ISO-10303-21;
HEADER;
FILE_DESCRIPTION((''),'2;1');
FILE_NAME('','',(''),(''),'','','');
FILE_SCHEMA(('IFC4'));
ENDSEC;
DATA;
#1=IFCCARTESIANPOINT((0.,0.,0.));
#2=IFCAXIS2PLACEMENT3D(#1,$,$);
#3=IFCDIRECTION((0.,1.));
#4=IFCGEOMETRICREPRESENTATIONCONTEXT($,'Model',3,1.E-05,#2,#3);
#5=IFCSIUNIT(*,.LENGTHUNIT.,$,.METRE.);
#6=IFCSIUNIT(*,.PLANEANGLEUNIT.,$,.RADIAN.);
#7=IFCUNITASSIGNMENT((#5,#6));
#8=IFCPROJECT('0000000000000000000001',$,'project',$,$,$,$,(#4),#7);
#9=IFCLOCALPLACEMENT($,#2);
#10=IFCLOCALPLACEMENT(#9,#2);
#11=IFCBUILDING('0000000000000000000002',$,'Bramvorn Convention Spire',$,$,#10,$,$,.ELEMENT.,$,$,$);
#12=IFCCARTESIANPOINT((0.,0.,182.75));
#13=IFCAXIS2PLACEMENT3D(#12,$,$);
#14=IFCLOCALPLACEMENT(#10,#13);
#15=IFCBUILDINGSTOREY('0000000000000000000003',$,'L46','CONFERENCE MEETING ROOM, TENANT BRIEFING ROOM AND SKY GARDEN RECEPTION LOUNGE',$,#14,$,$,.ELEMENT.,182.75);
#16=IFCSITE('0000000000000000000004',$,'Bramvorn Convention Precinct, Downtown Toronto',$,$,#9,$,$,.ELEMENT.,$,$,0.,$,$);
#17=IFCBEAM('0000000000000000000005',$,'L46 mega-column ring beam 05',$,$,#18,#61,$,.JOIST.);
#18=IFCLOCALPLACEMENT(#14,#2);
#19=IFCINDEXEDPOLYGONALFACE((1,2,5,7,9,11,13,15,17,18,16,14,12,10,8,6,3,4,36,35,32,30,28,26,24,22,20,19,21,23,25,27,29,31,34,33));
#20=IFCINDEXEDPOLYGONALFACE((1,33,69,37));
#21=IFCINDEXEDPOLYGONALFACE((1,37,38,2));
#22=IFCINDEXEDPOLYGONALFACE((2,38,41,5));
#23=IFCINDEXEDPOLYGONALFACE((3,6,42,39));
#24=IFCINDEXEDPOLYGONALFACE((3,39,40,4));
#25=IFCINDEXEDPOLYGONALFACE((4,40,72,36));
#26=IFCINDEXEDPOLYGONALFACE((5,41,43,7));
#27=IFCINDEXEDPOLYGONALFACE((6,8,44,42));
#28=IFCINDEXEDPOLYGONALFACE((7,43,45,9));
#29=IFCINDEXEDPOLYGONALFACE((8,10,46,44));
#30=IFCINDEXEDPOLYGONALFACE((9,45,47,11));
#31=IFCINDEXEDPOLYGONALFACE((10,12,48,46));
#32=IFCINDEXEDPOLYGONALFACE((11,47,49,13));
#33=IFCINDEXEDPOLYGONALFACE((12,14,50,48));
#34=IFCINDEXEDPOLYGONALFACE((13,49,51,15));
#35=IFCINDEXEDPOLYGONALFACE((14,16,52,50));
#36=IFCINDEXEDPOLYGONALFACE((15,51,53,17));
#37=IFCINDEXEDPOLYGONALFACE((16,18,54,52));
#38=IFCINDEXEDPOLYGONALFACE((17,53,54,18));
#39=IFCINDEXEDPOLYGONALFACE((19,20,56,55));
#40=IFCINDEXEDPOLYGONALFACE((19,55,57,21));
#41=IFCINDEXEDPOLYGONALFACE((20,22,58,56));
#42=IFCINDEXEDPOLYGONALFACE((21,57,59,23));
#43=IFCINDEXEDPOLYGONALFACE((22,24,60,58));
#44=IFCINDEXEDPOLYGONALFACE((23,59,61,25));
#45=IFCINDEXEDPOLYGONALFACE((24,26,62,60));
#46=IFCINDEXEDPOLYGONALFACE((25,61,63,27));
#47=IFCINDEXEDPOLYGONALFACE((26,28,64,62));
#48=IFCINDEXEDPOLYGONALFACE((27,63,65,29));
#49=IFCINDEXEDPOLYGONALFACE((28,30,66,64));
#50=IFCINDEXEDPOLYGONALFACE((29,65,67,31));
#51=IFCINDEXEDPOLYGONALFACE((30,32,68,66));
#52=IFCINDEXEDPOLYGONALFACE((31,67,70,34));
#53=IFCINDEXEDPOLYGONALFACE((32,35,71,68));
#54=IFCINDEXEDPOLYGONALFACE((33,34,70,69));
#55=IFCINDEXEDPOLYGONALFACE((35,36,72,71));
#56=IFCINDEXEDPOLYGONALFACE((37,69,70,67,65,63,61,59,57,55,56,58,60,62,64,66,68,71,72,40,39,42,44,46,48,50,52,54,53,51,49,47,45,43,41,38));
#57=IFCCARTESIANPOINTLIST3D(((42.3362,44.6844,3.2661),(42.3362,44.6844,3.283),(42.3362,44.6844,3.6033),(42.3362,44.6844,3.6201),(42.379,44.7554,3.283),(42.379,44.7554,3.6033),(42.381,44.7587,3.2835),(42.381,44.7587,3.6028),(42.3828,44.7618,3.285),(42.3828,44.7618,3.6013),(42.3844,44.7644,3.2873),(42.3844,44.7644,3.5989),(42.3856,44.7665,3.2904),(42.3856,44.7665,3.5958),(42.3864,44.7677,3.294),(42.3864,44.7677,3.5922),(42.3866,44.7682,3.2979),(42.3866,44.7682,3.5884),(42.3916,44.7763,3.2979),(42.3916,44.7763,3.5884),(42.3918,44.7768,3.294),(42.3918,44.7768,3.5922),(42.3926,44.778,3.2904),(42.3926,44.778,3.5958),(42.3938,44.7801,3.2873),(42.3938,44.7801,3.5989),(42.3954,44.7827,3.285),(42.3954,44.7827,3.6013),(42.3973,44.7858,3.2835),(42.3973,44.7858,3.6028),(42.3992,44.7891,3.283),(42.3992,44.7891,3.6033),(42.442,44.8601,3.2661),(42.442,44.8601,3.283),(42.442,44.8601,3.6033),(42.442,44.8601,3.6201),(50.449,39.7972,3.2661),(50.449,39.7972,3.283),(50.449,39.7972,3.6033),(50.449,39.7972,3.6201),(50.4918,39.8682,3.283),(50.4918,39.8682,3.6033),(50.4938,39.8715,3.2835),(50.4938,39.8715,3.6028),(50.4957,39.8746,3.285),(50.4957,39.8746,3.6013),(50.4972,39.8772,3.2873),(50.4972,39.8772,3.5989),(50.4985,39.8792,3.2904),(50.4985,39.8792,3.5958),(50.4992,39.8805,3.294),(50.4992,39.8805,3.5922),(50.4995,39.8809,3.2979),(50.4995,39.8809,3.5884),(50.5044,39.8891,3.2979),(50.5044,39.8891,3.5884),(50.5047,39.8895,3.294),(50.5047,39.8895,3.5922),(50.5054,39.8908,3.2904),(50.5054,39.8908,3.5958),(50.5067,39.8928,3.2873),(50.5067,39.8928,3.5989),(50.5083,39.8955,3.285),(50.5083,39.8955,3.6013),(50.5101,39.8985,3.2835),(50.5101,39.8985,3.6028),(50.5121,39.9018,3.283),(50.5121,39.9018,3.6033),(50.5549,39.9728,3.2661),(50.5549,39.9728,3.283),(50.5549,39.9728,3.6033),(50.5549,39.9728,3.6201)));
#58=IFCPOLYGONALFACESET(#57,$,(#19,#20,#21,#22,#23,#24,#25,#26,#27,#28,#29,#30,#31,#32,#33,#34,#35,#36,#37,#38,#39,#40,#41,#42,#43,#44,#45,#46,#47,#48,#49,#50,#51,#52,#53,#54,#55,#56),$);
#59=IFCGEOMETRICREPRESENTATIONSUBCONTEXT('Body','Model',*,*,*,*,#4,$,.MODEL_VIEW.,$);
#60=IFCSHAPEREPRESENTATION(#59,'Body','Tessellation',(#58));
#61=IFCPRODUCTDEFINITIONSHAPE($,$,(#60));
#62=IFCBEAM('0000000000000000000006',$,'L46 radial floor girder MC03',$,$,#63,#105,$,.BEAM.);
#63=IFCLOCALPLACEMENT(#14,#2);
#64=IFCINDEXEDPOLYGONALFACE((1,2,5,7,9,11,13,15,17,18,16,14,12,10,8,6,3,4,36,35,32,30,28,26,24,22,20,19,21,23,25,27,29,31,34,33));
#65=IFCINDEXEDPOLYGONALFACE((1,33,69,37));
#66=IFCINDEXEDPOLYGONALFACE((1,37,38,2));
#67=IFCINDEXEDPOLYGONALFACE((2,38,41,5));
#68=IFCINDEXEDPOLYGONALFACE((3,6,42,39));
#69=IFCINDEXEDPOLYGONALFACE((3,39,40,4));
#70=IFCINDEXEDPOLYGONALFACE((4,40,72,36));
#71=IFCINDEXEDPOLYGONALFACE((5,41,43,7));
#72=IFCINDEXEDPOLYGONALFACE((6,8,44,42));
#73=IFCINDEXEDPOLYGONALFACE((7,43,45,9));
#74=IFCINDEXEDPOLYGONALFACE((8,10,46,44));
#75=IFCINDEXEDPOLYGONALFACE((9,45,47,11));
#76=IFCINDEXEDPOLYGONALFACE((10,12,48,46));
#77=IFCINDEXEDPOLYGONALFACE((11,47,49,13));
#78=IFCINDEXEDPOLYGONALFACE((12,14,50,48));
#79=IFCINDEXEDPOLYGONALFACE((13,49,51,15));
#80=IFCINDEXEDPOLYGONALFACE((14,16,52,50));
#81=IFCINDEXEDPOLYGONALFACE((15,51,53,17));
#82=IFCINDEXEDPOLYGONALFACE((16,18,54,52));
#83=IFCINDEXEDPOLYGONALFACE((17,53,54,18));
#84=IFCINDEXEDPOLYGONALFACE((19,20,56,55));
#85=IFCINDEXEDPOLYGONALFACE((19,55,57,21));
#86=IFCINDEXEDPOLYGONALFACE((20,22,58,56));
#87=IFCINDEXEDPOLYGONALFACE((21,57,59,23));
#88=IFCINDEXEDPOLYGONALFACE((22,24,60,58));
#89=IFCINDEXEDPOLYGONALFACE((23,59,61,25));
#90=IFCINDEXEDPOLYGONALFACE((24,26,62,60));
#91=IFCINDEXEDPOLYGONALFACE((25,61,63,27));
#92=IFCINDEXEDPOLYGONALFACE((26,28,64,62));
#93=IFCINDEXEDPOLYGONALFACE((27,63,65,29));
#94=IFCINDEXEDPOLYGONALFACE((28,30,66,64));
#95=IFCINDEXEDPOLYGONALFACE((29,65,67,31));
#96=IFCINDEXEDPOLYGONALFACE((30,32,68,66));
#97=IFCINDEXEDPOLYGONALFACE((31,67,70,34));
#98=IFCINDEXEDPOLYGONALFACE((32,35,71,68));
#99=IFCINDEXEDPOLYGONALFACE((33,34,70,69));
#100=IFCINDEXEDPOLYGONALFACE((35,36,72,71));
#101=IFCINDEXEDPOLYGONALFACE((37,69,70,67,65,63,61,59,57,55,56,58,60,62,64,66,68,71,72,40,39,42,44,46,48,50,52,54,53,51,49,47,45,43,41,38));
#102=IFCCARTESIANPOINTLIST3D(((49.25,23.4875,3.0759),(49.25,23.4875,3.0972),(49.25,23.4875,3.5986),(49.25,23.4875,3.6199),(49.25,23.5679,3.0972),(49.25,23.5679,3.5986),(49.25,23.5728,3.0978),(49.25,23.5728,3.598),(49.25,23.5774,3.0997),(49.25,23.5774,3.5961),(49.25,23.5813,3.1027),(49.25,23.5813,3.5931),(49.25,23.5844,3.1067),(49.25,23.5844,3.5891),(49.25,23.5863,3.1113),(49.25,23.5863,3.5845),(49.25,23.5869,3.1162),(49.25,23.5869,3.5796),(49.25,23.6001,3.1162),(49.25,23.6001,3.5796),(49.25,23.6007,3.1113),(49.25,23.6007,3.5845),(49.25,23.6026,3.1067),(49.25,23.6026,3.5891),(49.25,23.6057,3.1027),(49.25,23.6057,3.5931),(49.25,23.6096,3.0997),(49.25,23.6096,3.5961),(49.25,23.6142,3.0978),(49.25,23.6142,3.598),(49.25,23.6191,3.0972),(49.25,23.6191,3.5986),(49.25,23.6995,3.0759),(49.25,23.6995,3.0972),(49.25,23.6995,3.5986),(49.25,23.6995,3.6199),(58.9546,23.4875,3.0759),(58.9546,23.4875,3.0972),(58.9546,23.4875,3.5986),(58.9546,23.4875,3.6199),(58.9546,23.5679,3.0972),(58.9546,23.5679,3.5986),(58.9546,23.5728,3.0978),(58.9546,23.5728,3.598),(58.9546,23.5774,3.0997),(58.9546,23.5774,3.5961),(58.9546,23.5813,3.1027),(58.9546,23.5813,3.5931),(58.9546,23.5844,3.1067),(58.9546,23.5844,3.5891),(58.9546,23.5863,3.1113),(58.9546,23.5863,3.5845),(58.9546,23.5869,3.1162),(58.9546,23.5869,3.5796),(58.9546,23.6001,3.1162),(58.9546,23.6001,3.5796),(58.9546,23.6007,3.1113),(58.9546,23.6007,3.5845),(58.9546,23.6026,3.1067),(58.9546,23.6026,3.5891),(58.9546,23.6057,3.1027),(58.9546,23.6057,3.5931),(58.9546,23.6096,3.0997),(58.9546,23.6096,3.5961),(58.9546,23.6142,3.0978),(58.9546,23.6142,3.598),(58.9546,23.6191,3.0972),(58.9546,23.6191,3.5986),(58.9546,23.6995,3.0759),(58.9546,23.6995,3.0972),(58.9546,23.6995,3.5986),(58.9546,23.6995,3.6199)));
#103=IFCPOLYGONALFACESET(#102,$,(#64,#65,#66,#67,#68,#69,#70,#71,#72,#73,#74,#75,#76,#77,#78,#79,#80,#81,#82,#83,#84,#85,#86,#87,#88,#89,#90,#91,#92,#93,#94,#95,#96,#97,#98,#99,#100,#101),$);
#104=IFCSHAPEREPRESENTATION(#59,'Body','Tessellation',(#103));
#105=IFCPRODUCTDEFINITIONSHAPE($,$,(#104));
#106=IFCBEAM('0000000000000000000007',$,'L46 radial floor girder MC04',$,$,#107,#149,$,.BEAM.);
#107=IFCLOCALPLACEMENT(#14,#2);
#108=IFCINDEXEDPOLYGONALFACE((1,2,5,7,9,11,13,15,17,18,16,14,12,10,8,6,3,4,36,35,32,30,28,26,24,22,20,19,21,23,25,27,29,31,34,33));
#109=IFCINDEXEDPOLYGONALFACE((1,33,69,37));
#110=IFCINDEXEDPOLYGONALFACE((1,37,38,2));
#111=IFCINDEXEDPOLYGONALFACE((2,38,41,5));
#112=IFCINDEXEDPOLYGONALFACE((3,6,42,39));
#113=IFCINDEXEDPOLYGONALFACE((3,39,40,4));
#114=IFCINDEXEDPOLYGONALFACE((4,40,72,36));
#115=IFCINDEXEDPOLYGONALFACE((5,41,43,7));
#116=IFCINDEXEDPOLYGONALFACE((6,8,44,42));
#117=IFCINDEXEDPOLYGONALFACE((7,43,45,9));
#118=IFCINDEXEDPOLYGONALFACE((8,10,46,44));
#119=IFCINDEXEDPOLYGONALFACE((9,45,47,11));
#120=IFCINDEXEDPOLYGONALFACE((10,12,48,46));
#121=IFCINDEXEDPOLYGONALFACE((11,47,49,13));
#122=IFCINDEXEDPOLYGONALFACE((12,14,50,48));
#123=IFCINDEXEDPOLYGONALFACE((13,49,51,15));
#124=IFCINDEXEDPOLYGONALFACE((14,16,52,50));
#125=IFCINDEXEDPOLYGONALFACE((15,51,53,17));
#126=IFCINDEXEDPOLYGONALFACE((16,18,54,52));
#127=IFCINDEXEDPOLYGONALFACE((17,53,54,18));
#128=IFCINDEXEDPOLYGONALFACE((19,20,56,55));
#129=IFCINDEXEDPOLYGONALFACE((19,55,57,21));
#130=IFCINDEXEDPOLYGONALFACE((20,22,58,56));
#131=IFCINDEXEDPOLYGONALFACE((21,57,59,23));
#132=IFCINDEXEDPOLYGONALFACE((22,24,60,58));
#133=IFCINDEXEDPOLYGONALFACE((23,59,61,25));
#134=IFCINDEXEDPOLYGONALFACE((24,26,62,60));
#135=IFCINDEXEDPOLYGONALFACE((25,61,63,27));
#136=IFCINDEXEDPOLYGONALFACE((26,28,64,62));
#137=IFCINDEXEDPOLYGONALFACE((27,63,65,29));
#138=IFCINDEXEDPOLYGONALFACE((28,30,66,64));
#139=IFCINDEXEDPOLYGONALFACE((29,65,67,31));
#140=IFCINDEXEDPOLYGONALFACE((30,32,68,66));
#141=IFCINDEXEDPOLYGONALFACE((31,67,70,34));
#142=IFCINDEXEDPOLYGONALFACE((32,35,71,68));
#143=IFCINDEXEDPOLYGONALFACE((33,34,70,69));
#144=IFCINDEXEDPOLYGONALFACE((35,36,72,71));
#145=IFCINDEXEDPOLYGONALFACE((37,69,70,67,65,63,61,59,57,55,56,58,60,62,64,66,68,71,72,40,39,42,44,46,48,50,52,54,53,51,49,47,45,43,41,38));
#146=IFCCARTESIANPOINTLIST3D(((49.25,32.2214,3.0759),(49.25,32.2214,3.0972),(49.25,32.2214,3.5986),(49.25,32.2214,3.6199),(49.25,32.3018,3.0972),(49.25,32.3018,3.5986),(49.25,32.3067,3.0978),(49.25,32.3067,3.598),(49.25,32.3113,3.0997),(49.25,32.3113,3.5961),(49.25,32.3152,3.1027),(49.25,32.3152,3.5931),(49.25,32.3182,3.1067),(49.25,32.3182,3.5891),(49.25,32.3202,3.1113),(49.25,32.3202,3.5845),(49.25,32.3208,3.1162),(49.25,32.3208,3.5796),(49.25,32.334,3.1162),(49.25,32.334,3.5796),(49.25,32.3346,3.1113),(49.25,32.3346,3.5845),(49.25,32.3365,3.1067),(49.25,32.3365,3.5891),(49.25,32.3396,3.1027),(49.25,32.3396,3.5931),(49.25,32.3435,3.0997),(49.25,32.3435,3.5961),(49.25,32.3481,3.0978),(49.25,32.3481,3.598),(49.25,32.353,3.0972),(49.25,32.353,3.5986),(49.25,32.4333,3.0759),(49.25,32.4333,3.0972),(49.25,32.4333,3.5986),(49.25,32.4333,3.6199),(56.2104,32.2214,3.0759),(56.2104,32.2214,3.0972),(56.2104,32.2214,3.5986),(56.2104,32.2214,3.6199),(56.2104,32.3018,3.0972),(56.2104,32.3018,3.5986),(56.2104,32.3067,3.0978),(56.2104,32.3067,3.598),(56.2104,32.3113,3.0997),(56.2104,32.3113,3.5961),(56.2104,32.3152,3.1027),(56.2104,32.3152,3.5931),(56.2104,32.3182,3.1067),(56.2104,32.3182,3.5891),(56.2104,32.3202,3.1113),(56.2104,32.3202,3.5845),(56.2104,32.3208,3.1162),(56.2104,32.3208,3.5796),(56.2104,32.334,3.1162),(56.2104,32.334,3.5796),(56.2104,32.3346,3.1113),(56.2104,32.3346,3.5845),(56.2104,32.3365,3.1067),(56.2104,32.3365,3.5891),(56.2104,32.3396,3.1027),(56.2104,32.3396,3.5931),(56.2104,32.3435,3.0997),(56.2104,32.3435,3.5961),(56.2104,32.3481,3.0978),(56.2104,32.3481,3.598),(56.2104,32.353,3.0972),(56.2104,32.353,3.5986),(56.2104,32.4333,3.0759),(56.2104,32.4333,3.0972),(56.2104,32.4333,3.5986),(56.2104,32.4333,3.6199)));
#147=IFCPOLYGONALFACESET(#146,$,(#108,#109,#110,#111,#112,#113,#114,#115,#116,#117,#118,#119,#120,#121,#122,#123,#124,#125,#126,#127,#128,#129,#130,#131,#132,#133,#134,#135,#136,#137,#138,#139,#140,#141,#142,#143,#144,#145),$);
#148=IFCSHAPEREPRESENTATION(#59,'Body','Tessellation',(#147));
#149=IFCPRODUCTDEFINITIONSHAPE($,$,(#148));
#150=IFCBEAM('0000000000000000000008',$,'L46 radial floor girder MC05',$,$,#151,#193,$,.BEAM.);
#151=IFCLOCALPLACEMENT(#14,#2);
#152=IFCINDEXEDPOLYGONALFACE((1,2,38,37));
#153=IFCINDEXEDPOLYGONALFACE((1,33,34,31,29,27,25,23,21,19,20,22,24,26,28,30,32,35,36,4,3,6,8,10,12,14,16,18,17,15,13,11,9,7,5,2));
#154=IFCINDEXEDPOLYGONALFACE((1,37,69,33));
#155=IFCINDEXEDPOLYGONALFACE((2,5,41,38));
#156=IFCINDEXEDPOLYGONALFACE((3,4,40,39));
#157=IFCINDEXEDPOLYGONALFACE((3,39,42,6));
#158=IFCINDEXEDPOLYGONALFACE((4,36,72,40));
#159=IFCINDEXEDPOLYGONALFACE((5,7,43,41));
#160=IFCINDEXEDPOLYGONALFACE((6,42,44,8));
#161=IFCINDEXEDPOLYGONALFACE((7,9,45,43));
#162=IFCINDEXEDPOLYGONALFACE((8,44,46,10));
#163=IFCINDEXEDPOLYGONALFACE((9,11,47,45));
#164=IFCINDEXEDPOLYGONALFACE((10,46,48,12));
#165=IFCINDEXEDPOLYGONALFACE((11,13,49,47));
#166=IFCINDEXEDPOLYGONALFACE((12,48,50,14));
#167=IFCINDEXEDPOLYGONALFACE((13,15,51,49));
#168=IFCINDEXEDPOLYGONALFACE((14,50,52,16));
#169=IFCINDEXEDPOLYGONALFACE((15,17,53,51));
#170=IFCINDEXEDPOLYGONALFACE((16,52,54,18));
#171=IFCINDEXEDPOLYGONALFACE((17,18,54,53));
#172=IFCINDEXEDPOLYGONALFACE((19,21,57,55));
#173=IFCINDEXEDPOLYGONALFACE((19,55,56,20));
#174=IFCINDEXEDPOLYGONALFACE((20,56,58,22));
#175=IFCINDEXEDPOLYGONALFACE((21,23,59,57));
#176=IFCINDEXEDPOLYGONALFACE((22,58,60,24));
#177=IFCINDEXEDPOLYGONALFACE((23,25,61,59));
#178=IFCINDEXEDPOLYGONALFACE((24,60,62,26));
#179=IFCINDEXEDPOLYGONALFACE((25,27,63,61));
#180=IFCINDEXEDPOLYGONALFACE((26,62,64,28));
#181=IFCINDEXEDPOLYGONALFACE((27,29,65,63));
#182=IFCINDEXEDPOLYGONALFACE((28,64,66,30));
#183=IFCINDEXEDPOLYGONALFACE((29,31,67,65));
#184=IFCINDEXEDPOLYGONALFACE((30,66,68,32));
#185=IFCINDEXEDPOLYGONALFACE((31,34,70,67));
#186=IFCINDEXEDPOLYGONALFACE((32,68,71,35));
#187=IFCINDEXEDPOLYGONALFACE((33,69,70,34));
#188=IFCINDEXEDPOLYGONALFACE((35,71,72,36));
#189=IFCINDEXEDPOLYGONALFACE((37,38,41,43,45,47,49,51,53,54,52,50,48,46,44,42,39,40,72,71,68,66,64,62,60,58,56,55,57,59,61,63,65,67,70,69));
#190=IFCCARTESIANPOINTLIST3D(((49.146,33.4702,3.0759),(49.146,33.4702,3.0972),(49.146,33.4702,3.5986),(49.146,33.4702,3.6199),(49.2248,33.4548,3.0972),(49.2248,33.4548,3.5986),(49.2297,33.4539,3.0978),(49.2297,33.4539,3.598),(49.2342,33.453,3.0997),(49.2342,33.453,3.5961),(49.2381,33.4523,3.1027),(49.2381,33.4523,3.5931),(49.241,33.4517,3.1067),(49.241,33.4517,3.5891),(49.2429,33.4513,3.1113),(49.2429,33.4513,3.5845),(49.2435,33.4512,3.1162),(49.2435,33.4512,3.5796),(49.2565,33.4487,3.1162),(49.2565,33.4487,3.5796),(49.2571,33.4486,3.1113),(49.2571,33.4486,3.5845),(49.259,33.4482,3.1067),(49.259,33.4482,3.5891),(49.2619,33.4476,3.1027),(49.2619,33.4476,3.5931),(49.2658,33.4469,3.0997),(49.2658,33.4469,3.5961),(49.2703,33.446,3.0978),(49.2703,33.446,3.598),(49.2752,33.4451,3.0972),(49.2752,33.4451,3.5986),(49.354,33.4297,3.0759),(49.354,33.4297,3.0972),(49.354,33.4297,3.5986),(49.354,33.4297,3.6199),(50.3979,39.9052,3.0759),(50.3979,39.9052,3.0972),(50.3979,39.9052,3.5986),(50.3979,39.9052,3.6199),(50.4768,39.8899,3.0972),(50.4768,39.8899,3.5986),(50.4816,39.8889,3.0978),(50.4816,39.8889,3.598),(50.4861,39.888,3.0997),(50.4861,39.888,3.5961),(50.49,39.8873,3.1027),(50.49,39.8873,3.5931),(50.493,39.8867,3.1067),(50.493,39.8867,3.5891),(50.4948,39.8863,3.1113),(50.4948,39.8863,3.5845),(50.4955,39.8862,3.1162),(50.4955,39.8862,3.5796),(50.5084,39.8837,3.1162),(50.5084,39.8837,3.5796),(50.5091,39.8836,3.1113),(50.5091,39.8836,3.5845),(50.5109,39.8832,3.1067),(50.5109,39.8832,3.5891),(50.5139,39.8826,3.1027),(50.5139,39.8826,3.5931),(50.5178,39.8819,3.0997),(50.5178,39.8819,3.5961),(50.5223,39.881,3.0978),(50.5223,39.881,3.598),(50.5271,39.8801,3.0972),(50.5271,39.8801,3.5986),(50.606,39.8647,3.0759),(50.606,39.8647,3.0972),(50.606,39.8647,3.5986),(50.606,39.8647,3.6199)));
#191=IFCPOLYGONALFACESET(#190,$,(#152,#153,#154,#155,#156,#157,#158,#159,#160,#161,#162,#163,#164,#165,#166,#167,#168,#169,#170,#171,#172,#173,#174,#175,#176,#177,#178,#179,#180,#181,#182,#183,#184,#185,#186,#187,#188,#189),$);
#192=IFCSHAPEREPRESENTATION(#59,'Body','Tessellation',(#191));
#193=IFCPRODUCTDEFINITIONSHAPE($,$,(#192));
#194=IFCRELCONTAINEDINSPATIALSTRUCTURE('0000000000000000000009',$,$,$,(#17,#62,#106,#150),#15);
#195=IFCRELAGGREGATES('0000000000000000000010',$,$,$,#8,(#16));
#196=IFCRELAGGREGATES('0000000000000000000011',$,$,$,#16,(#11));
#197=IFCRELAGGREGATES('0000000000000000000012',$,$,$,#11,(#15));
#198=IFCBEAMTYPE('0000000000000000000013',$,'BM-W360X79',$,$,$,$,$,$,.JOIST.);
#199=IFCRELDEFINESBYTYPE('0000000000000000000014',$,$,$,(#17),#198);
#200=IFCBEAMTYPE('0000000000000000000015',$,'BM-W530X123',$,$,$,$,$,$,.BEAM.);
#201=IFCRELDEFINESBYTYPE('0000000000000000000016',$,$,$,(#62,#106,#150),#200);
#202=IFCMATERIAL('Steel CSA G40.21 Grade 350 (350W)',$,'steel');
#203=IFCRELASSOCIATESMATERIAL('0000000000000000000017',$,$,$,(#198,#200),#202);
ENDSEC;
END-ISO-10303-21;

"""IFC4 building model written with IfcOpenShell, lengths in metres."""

from ifc_helpers import new_model, si_unit, direction, frame, origin, origin_2d, place, context, subcontext, project, spatial, i_section, extrude, material, material_profile, profile_set, type_object, element, save


model = new_model("IFC4")

# Units and contexts
model_context = context("Model", 3, precision=1e-05, world=origin(), true_north=direction((0.0, 1.0)))
body_context = subcontext(model_context, "Body", "Model", "MODEL_VIEW")
ifc_project = project(units=[si_unit("LENGTHUNIT", "METRE"), si_unit("PLANEANGLEUNIT", "RADIAN")], contexts=[model_context])

# Site, building, storey
site_placement = place(None, origin())
site = spatial("IfcSite", under=ifc_project, at=site_placement, Name="Bramvorn Convention Precinct, Downtown Toronto", CompositionType="ELEMENT", RefElevation=0.0)
building_placement = place(site_placement, origin())
building = spatial("IfcBuilding", under=site, at=building_placement, Name="Bramvorn Convention Spire", CompositionType="ELEMENT")
storey_placement = place(building_placement, frame((0.0, 0.0, 182.75)))
storey = spatial("IfcBuildingStorey", under=building, at=storey_placement, Name="L46", Description="CONFERENCE MEETING ROOM, TENANT BRIEFING ROOM AND SKY GARDEN RECEPTION LOUNGE", CompositionType="ELEMENT", Elevation=182.75)

# Shared definitions
ifc_material_1 = material(Name="Steel CSA G40.21 Grade 350 (350W)", Category="steel")

# Beams
ifc_material_profile_1 = material_profile(ifc_material_1, i_section(OverallWidth=0.2051, OverallDepth=0.354, WebThickness=0.0095, FlangeThickness=0.0168, FilletRadius=0.0149, at=origin_2d()))
ifc_profile_set_1 = profile_set([ifc_material_profile_1], Name="Steel CSA G40.21 Grade 350 (350W) - W360X79")
beam_type_1 = type_object("IfcBeamType", Name="BM-W360X79", PredefinedType="JOIST", material=ifc_profile_set_1)
for number, where, z_axis, x_axis, name in (
    (1, (50.502, 39.885, 3.4431), (-0.856582, 0.516011, 0.0), (-0.516011, -0.856582, 0.0), "L46 mega-column ring beam 05"),
):
    element("IfcBeam", number, at=place(storey_placement, frame(where, z_axis=z_axis, x_axis=x_axis)), inside=storey, type_object=beam_type_1, Name=name, PredefinedType="JOIST", context=body_context, shape_type="SweptSolid", body=[
        extrude(i_section(OverallWidth=0.2051, OverallDepth=0.354, WebThickness=0.0095, FlangeThickness=0.0168, FilletRadius=0.0149, at=origin_2d()), origin(), (0.0, 0.0, 1.0), 9.4712),
    ])
ifc_material_profile_2 = material_profile(ifc_material_1, i_section(OverallWidth=0.2119, OverallDepth=0.5439, WebThickness=0.0132, FlangeThickness=0.0212, FilletRadius=0.019, at=origin_2d()))
ifc_profile_set_2 = profile_set([ifc_material_profile_2], Name="Steel CSA G40.21 Grade 350 (350W) - W530X123")
beam_type_2 = type_object("IfcBeamType", Name="BM-W530X123", PredefinedType="BEAM", material=ifc_profile_set_2)
beam_1_placement = place(storey_placement, frame((49.25, 23.5935, 3.3479), z_axis=(1.0, 0.0, 0.0), x_axis=(0.0, 1.0, 0.0)))
element("IfcBeam", 2, at=beam_1_placement, inside=storey, type_object=beam_type_2, Name="L46 radial floor girder MC03", PredefinedType="BEAM", context=body_context, shape_type="SweptSolid", body=[
    extrude(i_section(OverallWidth=0.2119, OverallDepth=0.5439, WebThickness=0.0132, FlangeThickness=0.0212, FilletRadius=0.019, at=origin_2d()), origin(), (0.0, 0.0, 1.0), 9.7046),
])
beam_2_placement = place(storey_placement, frame((49.25, 32.3274, 3.3479), z_axis=(1.0, 0.0, 0.0), x_axis=(0.0, 1.0, 0.0)))
element("IfcBeam", 3, at=beam_2_placement, inside=storey, type_object=beam_type_2, Name="L46 radial floor girder MC04", PredefinedType="BEAM", context=body_context, shape_type="SweptSolid", body=[
    extrude(i_section(OverallWidth=0.2119, OverallDepth=0.5439, WebThickness=0.0132, FlangeThickness=0.0212, FilletRadius=0.019, at=origin_2d()), origin(), (0.0, 0.0, 1.0), 6.9604),
])
beam_3_placement = place(storey_placement, frame((49.25, 33.45, 3.3479), z_axis=(0.190971, 0.981596, 0.0), x_axis=(-0.981596, 0.190971, 0.0)))
element("IfcBeam", 4, at=beam_3_placement, inside=storey, type_object=beam_type_2, Name="L46 radial floor girder MC05", PredefinedType="BEAM", context=body_context, shape_type="SweptSolid", body=[
    extrude(i_section(OverallWidth=0.2119, OverallDepth=0.5439, WebThickness=0.0132, FlangeThickness=0.0212, FilletRadius=0.019, at=origin_2d()), origin(), (0.0, 0.0, 1.0), 6.5557),
])

save(model, "model.ifc")
